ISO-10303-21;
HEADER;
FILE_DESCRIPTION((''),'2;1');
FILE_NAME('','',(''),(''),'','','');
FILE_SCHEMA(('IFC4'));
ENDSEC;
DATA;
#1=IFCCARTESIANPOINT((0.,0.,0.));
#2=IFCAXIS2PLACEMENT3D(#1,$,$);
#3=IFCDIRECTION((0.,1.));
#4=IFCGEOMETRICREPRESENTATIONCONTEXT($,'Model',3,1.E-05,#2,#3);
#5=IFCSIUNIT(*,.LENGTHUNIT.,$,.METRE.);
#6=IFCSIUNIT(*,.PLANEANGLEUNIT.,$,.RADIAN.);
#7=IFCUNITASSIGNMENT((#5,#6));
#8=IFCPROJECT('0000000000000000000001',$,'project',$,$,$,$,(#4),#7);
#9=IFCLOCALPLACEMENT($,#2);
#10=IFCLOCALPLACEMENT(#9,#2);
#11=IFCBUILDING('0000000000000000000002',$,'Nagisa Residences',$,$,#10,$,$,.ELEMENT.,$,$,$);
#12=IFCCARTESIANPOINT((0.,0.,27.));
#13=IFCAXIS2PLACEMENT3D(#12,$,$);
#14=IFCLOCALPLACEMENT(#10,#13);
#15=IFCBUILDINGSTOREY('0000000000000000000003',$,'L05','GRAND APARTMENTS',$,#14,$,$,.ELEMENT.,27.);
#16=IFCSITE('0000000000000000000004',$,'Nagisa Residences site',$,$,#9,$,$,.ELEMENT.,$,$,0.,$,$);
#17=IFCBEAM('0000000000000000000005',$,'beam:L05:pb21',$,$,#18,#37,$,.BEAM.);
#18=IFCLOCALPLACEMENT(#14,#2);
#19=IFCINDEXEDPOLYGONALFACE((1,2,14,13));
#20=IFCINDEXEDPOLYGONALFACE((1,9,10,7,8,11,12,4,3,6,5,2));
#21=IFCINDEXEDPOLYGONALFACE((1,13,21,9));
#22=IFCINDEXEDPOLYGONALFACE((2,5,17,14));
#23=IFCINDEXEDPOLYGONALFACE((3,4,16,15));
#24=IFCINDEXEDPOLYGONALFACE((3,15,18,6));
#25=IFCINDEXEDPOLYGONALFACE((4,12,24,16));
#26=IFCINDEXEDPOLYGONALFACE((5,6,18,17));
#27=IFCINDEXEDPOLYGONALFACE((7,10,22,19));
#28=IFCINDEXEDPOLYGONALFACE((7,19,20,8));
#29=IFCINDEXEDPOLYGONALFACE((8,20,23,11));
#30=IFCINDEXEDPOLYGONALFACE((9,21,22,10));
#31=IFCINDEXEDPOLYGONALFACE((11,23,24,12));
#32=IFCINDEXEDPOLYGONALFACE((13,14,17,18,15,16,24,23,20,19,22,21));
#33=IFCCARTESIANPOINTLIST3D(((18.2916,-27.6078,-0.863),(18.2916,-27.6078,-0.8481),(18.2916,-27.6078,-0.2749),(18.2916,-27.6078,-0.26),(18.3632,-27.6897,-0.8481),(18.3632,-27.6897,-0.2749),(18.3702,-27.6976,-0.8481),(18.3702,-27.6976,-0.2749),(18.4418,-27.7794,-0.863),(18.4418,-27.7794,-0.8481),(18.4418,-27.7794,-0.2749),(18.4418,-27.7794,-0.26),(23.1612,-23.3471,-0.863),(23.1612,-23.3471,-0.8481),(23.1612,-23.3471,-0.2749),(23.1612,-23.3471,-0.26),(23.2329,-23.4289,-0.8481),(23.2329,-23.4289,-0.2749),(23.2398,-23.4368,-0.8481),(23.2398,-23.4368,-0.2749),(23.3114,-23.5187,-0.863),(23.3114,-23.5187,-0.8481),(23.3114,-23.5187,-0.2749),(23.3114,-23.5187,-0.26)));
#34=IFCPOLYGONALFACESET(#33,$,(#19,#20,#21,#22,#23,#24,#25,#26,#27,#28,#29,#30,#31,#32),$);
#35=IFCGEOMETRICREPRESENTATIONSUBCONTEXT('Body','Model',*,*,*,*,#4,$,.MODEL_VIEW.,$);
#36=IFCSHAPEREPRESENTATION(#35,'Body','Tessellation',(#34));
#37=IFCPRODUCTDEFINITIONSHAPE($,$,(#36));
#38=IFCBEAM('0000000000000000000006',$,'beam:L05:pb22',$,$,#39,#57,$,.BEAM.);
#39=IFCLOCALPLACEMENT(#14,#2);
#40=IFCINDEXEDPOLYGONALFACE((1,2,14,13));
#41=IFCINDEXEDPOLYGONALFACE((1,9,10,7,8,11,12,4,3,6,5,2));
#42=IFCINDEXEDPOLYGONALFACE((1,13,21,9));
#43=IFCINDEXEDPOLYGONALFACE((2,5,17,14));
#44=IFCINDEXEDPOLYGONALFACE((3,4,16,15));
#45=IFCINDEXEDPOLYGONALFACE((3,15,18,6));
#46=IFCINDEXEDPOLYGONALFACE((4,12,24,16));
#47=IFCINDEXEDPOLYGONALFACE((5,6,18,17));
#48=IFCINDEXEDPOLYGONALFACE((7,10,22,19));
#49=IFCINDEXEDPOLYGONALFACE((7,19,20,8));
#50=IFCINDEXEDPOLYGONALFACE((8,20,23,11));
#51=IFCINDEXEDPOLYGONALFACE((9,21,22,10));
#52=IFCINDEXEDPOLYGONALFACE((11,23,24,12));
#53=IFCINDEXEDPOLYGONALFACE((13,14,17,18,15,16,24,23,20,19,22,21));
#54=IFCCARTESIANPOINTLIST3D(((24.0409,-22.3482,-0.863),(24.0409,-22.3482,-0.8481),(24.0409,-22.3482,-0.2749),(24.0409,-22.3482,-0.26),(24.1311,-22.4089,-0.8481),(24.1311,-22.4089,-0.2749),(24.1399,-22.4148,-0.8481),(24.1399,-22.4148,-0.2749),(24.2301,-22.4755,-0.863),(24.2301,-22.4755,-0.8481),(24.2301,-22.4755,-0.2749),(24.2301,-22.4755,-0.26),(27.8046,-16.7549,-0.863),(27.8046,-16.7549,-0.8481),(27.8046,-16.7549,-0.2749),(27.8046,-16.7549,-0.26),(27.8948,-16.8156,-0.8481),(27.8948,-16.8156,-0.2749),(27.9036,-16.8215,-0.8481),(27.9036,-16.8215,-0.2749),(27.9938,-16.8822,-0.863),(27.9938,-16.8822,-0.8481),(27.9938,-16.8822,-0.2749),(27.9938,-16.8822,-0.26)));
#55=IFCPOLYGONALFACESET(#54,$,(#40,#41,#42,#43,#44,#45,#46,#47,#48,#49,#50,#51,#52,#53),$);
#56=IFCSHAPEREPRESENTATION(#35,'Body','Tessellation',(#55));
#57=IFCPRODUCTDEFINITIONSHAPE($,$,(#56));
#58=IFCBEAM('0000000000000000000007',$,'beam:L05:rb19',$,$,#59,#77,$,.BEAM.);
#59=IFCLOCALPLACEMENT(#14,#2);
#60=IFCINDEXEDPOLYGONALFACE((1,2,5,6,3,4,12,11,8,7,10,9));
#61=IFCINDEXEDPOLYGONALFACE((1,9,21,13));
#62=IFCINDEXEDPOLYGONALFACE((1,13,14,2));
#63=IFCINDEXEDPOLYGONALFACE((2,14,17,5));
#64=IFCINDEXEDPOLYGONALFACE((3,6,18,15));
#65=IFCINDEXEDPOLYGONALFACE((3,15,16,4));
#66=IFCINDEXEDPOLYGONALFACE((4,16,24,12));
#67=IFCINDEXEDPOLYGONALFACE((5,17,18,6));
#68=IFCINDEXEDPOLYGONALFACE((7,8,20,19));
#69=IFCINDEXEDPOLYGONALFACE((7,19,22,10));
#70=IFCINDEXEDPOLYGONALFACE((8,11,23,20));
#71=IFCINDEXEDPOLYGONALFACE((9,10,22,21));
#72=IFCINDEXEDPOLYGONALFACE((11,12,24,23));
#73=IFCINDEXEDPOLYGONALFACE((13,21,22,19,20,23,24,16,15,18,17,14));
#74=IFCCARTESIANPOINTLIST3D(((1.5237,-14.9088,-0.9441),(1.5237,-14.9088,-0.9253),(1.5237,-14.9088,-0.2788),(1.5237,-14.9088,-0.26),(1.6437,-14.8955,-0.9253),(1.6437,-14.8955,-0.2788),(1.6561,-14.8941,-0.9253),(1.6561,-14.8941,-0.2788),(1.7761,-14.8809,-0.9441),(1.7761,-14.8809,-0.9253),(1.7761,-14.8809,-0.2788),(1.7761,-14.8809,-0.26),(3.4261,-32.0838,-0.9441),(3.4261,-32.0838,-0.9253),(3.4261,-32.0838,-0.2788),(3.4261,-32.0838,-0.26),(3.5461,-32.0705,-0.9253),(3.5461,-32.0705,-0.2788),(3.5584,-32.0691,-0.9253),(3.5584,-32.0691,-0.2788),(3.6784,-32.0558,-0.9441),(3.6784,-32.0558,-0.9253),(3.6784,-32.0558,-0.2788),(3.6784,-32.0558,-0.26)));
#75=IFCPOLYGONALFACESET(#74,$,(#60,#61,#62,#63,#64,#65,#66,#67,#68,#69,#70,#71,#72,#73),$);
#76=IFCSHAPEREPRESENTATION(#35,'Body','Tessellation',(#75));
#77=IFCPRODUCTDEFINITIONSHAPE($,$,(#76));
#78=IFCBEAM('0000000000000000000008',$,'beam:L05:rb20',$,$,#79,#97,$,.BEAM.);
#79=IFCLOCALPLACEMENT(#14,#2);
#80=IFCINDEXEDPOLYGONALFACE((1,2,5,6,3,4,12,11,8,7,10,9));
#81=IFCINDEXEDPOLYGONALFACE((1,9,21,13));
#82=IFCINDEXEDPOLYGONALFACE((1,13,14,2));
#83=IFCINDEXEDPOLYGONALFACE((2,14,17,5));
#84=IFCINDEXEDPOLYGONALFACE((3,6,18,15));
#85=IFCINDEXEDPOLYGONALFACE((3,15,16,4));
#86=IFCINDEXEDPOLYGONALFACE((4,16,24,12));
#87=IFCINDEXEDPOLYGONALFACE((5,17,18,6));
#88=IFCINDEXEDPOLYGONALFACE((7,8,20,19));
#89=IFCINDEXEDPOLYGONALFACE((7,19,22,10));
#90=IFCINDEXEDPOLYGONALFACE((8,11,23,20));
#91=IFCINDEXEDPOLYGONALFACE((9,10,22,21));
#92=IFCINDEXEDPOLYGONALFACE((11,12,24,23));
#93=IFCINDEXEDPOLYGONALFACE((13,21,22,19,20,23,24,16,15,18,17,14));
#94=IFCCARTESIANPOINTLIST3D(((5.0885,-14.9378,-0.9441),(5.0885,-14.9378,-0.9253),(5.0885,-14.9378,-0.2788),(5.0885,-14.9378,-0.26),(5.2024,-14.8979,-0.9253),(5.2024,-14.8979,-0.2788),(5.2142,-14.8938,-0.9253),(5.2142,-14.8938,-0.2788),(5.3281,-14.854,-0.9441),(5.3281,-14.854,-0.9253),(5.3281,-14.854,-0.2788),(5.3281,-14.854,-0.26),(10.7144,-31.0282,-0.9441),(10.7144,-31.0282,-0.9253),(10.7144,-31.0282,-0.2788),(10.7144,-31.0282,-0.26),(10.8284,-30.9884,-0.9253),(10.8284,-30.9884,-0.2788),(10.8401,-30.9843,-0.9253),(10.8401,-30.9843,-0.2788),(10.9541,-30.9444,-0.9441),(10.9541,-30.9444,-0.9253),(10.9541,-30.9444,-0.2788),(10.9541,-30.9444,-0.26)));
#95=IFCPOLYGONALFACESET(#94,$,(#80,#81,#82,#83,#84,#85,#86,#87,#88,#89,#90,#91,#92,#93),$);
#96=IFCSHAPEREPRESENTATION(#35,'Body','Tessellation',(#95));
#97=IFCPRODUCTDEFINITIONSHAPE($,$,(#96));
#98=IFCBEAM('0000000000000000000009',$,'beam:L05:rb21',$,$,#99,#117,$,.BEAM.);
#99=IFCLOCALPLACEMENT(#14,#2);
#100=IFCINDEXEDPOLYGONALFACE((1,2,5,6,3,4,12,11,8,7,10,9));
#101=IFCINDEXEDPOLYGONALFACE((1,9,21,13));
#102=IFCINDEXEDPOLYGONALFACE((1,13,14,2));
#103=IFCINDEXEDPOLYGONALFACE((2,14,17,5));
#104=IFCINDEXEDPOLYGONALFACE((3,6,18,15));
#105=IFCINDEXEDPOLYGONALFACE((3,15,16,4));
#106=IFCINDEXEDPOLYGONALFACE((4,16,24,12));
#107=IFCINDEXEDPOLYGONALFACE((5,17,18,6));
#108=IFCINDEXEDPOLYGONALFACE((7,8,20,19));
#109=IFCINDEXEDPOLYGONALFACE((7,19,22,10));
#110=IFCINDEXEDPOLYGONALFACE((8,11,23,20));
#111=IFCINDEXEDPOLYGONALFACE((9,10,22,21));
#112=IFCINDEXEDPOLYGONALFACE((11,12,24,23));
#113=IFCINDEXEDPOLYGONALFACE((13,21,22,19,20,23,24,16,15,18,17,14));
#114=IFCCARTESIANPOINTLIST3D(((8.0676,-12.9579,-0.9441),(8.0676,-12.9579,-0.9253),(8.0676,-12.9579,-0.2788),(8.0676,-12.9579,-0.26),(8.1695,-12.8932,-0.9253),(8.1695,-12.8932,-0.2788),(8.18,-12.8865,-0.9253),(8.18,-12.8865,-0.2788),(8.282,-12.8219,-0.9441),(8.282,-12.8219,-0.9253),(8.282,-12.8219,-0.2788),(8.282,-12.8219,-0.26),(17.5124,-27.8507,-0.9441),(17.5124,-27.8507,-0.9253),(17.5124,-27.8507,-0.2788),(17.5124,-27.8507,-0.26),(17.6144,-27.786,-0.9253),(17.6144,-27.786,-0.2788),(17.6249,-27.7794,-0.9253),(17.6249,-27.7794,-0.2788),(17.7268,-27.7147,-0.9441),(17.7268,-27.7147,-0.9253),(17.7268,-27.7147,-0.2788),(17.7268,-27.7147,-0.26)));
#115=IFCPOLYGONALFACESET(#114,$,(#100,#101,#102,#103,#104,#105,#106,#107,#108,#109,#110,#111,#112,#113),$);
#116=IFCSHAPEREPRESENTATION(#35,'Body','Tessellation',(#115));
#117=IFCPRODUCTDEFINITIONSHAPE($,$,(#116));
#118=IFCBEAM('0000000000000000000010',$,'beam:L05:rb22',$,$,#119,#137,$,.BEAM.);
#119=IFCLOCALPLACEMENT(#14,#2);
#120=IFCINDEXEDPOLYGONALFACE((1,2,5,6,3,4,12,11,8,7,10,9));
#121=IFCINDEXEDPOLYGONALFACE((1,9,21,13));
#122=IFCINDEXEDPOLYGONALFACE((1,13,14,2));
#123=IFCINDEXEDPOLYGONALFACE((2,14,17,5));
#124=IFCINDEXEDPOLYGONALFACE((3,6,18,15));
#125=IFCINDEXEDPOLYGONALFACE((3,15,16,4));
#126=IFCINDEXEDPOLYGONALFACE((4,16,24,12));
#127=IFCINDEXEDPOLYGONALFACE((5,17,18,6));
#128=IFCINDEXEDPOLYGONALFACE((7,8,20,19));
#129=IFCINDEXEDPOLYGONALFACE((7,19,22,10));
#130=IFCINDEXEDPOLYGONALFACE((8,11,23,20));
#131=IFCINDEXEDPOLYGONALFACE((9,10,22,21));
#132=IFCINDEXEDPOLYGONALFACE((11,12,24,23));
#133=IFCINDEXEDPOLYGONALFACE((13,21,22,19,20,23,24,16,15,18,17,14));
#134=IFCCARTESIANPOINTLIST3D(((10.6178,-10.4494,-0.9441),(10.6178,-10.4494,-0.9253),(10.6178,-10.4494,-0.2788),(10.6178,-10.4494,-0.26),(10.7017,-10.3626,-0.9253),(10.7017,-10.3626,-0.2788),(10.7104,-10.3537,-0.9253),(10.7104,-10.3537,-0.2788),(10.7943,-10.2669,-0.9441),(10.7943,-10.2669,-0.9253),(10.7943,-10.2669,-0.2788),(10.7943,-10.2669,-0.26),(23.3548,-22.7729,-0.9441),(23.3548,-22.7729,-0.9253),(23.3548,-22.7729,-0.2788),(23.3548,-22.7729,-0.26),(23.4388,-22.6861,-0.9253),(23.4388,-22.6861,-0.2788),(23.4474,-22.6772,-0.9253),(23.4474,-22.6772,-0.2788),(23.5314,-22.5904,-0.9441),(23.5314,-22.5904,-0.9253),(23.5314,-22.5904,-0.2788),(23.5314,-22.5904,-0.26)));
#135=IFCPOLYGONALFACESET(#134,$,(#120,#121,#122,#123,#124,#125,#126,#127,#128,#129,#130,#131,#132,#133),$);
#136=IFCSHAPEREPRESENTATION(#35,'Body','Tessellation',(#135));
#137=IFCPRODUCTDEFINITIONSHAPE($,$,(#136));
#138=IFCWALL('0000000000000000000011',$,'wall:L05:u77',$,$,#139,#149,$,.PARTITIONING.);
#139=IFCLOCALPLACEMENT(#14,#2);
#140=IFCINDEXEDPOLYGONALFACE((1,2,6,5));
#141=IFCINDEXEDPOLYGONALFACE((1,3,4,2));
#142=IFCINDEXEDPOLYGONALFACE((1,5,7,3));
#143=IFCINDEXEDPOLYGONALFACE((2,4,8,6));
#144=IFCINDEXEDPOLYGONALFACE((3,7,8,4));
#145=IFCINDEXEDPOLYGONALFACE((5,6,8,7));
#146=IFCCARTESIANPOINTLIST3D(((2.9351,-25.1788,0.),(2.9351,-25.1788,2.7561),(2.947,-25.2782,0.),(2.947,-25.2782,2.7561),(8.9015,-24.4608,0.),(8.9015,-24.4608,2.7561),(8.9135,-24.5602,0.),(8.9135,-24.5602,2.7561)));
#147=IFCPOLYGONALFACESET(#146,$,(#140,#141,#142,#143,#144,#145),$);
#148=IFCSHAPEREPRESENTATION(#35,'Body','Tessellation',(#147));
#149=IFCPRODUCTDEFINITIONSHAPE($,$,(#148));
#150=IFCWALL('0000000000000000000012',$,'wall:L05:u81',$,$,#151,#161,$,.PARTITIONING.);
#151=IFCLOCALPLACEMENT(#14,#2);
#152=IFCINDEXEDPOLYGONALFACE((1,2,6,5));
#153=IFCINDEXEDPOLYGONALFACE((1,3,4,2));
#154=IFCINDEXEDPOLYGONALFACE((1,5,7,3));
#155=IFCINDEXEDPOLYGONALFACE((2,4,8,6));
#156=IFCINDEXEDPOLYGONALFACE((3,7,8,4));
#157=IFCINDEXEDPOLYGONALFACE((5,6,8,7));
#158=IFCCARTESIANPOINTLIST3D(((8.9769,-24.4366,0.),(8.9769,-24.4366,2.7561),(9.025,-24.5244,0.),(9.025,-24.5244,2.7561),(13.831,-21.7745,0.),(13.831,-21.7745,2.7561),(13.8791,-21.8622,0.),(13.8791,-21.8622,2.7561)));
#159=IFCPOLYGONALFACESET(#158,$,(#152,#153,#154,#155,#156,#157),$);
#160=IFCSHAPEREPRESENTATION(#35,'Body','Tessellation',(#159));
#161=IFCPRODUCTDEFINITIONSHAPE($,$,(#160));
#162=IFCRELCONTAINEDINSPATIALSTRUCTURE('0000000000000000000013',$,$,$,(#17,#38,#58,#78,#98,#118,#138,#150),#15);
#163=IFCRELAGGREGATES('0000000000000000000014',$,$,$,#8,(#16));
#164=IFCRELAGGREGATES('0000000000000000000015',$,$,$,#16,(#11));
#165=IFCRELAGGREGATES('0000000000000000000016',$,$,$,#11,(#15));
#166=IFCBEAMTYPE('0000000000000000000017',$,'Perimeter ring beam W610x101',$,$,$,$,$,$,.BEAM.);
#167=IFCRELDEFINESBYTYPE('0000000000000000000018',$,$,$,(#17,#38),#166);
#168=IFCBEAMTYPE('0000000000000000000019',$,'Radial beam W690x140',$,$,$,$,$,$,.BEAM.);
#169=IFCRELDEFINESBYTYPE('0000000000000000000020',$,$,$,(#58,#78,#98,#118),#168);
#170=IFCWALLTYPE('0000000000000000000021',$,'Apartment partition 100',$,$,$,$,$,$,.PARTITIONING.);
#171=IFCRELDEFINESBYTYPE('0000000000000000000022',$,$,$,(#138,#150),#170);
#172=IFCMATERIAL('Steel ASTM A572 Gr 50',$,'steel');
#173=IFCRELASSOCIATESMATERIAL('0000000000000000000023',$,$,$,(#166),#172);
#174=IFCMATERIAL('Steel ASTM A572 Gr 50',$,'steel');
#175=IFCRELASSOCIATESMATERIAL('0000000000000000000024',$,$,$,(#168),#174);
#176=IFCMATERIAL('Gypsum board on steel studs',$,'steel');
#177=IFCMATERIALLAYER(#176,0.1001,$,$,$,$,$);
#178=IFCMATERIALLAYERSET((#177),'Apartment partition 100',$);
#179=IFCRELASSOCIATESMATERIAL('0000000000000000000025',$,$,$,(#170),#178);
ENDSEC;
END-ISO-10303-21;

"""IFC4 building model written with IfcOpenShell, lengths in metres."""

from ifc_helpers import new_model, si_unit, direction, frame, frame_2d, origin, origin_2d, place, context, subcontext, project, spatial, rectangle, i_section, extrude, material, layer, layer_set, material_profile, profile_set, type_object, element, save


model = new_model("IFC4")

# Units and contexts
model_context = context("Model", 3, precision=1e-05, world=origin(), true_north=direction((0.0, 1.0)))
body_context = subcontext(model_context, "Body", "Model", "MODEL_VIEW")
ifc_project = project(units=[si_unit("LENGTHUNIT", "METRE"), si_unit("PLANEANGLEUNIT", "RADIAN")], contexts=[model_context])

# Site, building, storey
site_placement = place(None, origin())
site = spatial("IfcSite", under=ifc_project, at=site_placement, Name="Nagisa Residences site", CompositionType="ELEMENT", RefElevation=0.0)
building_placement = place(site_placement, origin())
building = spatial("IfcBuilding", under=site, at=building_placement, Name="Nagisa Residences", CompositionType="ELEMENT")
storey_placement = place(building_placement, frame((0.0, 0.0, 27.0)))
storey = spatial("IfcBuildingStorey", under=building, at=storey_placement, Name="L05", Description="GRAND APARTMENTS", CompositionType="ELEMENT", Elevation=27.0)

# Beams
ifc_material_1 = material(Name="Steel ASTM A572 Gr 50", Category="steel")
ifc_material_profile_1 = material_profile(ifc_material_1, i_section(OverallWidth=0.228, OverallDepth=0.603, WebThickness=0.0105, FlangeThickness=0.0149, at=origin_2d()), Name="W610x101")
ifc_profile_set_1 = profile_set([ifc_material_profile_1], Name="Steel ASTM A572 Gr 50")
beam_type_1 = type_object("IfcBeamType", Name="Perimeter ring beam W610x101", PredefinedType="BEAM", material=ifc_profile_set_1)
beam_1_placement = place(storey_placement, frame((18.3667, -27.6936, -0.5615), z_axis=(0.752591, 0.658489, 0.0), x_axis=(-0.658489, 0.752591, 0.0)))
element("IfcBeam", 1, at=beam_1_placement, inside=storey, type_object=beam_type_1, Name="beam:L05:pb21", PredefinedType="BEAM", context=body_context, shape_type="SweptSolid", body=[
    extrude(i_section(OverallWidth=0.228, OverallDepth=0.603, WebThickness=0.0105, FlangeThickness=0.0149, at=origin_2d()), origin(), (0.0, 0.0, 1.0), 6.4705),
])
beam_2_placement = place(storey_placement, frame((24.1355, -22.4119, -0.5615), z_axis=(0.558272, 0.829658, 0.0), x_axis=(-0.829658, 0.558272, 0.0)))
element("IfcBeam", 2, at=beam_2_placement, inside=storey, type_object=beam_type_1, Name="beam:L05:pb22", PredefinedType="BEAM", context=body_context, shape_type="SweptSolid", body=[
    extrude(i_section(OverallWidth=0.228, OverallDepth=0.603, WebThickness=0.0105, FlangeThickness=0.0149, at=origin_2d()), origin(), (0.0, 0.0, 1.0), 6.7417),
])
ifc_material_2 = material(Name="Steel ASTM A572 Gr 50", Category="steel")
ifc_material_profile_2 = material_profile(ifc_material_2, i_section(OverallWidth=0.2539, OverallDepth=0.6841, WebThickness=0.0125, FlangeThickness=0.0188, at=origin_2d()), Name="W690x140")
ifc_profile_set_2 = profile_set([ifc_material_profile_2], Name="Steel ASTM A572 Gr 50")
beam_type_2 = type_object("IfcBeamType", Name="Radial beam W690x140", PredefinedType="BEAM", material=ifc_profile_set_2)
beam_3_placement = place(storey_placement, frame((3.5522, -32.0698, -0.6021), z_axis=(-0.110089, 0.993922, 0.0), x_axis=(-0.993922, -0.110089, 0.0)))
element("IfcBeam", 3, at=beam_3_placement, inside=storey, type_object=beam_type_2, Name="beam:L05:rb19", PredefinedType="BEAM", context=body_context, shape_type="SweptSolid", body=[
    extrude(i_section(OverallWidth=0.2539, OverallDepth=0.6841, WebThickness=0.0125, FlangeThickness=0.0188, at=origin_2d()), origin(), (0.0, 0.0, 1.0), 17.28),
])
beam_4_placement = place(storey_placement, frame((10.8342, -30.9863, -0.6021), z_axis=(-0.330051, 0.943963, 0.0), x_axis=(-0.943963, -0.330051, 0.0)))
element("IfcBeam", 4, at=beam_4_placement, inside=storey, type_object=beam_type_2, Name="beam:L05:rb20", PredefinedType="BEAM", context=body_context, shape_type="SweptSolid", body=[
    extrude(i_section(OverallWidth=0.2539, OverallDepth=0.6841, WebThickness=0.0125, FlangeThickness=0.0188, at=origin_2d()), origin(), (0.0, 0.0, 1.0), 17.0457),
])
beam_5_placement = place(storey_placement, frame((17.6196, -27.7827, -0.6021), z_axis=(-0.535566, 0.844493, 0.0), x_axis=(-0.844493, -0.535566, 0.0)))
element("IfcBeam", 5, at=beam_5_placement, inside=storey, type_object=beam_type_2, Name="beam:L05:rb21", PredefinedType="BEAM", context=body_context, shape_type="SweptSolid", body=[
    extrude(i_section(OverallWidth=0.2539, OverallDepth=0.6841, WebThickness=0.0125, FlangeThickness=0.0188, at=origin_2d()), origin(), (0.0, 0.0, 1.0), 17.6353),
])
beam_6_placement = place(storey_placement, frame((23.4431, -22.6816, -0.6021), z_axis=(-0.718678, 0.695343, 0.0), x_axis=(-0.695343, -0.718678, 0.0)))
element("IfcBeam", 6, at=beam_6_placement, inside=storey, type_object=beam_type_2, Name="beam:L05:rb22", PredefinedType="BEAM", context=body_context, shape_type="SweptSolid", body=[
    extrude(i_section(OverallWidth=0.2539, OverallDepth=0.6841, WebThickness=0.0125, FlangeThickness=0.0188, at=origin_2d()), origin(), (0.0, 0.0, 1.0), 17.7229),
])

# Walls
ifc_material_3 = material(Name="Gypsum board on steel studs", Category="steel")
ifc_layer_1 = layer(ifc_material_3, 0.1001)
ifc_layer_set_1 = layer_set([ifc_layer_1], Name="Apartment partition 100")
wall_type_1 = type_object("IfcWallType", Name="Apartment partition 100", PredefinedType="PARTITIONING", material=ifc_layer_set_1)
wall_1_placement = place(storey_placement, frame((2.9409, -25.2285, 0.0), z_axis=(0.0, 0.0, 1.0), x_axis=(0.992837, 0.119478, 0.0)))
element("IfcWall", 7, at=wall_1_placement, inside=storey, type_object=wall_type_1, Name="wall:L05:u77", PredefinedType="PARTITIONING", context=body_context, shape_type="SweptSolid", body=[
    extrude(rectangle(XDim=6.0095, YDim=0.1001, at=frame_2d((3.0049, 0.0))), origin(), (0.0, 0.0, 1.0), 2.7561),
])
wall_2_placement = place(storey_placement, frame((9.001, -24.4805, 0.0), z_axis=(0.0, 0.0, 1.0), x_axis=(0.876794, 0.480865, 0.0)))
element("IfcWall", 8, at=wall_2_placement, inside=storey, type_object=wall_type_1, Name="wall:L05:u81", PredefinedType="PARTITIONING", context=body_context, shape_type="SweptSolid", body=[
    extrude(rectangle(XDim=5.5361, YDim=0.1001, at=frame_2d((2.7681, 0.0))), origin(), (0.0, 0.0, 1.0), 2.7561),
])

save(model, "model.ifc")
